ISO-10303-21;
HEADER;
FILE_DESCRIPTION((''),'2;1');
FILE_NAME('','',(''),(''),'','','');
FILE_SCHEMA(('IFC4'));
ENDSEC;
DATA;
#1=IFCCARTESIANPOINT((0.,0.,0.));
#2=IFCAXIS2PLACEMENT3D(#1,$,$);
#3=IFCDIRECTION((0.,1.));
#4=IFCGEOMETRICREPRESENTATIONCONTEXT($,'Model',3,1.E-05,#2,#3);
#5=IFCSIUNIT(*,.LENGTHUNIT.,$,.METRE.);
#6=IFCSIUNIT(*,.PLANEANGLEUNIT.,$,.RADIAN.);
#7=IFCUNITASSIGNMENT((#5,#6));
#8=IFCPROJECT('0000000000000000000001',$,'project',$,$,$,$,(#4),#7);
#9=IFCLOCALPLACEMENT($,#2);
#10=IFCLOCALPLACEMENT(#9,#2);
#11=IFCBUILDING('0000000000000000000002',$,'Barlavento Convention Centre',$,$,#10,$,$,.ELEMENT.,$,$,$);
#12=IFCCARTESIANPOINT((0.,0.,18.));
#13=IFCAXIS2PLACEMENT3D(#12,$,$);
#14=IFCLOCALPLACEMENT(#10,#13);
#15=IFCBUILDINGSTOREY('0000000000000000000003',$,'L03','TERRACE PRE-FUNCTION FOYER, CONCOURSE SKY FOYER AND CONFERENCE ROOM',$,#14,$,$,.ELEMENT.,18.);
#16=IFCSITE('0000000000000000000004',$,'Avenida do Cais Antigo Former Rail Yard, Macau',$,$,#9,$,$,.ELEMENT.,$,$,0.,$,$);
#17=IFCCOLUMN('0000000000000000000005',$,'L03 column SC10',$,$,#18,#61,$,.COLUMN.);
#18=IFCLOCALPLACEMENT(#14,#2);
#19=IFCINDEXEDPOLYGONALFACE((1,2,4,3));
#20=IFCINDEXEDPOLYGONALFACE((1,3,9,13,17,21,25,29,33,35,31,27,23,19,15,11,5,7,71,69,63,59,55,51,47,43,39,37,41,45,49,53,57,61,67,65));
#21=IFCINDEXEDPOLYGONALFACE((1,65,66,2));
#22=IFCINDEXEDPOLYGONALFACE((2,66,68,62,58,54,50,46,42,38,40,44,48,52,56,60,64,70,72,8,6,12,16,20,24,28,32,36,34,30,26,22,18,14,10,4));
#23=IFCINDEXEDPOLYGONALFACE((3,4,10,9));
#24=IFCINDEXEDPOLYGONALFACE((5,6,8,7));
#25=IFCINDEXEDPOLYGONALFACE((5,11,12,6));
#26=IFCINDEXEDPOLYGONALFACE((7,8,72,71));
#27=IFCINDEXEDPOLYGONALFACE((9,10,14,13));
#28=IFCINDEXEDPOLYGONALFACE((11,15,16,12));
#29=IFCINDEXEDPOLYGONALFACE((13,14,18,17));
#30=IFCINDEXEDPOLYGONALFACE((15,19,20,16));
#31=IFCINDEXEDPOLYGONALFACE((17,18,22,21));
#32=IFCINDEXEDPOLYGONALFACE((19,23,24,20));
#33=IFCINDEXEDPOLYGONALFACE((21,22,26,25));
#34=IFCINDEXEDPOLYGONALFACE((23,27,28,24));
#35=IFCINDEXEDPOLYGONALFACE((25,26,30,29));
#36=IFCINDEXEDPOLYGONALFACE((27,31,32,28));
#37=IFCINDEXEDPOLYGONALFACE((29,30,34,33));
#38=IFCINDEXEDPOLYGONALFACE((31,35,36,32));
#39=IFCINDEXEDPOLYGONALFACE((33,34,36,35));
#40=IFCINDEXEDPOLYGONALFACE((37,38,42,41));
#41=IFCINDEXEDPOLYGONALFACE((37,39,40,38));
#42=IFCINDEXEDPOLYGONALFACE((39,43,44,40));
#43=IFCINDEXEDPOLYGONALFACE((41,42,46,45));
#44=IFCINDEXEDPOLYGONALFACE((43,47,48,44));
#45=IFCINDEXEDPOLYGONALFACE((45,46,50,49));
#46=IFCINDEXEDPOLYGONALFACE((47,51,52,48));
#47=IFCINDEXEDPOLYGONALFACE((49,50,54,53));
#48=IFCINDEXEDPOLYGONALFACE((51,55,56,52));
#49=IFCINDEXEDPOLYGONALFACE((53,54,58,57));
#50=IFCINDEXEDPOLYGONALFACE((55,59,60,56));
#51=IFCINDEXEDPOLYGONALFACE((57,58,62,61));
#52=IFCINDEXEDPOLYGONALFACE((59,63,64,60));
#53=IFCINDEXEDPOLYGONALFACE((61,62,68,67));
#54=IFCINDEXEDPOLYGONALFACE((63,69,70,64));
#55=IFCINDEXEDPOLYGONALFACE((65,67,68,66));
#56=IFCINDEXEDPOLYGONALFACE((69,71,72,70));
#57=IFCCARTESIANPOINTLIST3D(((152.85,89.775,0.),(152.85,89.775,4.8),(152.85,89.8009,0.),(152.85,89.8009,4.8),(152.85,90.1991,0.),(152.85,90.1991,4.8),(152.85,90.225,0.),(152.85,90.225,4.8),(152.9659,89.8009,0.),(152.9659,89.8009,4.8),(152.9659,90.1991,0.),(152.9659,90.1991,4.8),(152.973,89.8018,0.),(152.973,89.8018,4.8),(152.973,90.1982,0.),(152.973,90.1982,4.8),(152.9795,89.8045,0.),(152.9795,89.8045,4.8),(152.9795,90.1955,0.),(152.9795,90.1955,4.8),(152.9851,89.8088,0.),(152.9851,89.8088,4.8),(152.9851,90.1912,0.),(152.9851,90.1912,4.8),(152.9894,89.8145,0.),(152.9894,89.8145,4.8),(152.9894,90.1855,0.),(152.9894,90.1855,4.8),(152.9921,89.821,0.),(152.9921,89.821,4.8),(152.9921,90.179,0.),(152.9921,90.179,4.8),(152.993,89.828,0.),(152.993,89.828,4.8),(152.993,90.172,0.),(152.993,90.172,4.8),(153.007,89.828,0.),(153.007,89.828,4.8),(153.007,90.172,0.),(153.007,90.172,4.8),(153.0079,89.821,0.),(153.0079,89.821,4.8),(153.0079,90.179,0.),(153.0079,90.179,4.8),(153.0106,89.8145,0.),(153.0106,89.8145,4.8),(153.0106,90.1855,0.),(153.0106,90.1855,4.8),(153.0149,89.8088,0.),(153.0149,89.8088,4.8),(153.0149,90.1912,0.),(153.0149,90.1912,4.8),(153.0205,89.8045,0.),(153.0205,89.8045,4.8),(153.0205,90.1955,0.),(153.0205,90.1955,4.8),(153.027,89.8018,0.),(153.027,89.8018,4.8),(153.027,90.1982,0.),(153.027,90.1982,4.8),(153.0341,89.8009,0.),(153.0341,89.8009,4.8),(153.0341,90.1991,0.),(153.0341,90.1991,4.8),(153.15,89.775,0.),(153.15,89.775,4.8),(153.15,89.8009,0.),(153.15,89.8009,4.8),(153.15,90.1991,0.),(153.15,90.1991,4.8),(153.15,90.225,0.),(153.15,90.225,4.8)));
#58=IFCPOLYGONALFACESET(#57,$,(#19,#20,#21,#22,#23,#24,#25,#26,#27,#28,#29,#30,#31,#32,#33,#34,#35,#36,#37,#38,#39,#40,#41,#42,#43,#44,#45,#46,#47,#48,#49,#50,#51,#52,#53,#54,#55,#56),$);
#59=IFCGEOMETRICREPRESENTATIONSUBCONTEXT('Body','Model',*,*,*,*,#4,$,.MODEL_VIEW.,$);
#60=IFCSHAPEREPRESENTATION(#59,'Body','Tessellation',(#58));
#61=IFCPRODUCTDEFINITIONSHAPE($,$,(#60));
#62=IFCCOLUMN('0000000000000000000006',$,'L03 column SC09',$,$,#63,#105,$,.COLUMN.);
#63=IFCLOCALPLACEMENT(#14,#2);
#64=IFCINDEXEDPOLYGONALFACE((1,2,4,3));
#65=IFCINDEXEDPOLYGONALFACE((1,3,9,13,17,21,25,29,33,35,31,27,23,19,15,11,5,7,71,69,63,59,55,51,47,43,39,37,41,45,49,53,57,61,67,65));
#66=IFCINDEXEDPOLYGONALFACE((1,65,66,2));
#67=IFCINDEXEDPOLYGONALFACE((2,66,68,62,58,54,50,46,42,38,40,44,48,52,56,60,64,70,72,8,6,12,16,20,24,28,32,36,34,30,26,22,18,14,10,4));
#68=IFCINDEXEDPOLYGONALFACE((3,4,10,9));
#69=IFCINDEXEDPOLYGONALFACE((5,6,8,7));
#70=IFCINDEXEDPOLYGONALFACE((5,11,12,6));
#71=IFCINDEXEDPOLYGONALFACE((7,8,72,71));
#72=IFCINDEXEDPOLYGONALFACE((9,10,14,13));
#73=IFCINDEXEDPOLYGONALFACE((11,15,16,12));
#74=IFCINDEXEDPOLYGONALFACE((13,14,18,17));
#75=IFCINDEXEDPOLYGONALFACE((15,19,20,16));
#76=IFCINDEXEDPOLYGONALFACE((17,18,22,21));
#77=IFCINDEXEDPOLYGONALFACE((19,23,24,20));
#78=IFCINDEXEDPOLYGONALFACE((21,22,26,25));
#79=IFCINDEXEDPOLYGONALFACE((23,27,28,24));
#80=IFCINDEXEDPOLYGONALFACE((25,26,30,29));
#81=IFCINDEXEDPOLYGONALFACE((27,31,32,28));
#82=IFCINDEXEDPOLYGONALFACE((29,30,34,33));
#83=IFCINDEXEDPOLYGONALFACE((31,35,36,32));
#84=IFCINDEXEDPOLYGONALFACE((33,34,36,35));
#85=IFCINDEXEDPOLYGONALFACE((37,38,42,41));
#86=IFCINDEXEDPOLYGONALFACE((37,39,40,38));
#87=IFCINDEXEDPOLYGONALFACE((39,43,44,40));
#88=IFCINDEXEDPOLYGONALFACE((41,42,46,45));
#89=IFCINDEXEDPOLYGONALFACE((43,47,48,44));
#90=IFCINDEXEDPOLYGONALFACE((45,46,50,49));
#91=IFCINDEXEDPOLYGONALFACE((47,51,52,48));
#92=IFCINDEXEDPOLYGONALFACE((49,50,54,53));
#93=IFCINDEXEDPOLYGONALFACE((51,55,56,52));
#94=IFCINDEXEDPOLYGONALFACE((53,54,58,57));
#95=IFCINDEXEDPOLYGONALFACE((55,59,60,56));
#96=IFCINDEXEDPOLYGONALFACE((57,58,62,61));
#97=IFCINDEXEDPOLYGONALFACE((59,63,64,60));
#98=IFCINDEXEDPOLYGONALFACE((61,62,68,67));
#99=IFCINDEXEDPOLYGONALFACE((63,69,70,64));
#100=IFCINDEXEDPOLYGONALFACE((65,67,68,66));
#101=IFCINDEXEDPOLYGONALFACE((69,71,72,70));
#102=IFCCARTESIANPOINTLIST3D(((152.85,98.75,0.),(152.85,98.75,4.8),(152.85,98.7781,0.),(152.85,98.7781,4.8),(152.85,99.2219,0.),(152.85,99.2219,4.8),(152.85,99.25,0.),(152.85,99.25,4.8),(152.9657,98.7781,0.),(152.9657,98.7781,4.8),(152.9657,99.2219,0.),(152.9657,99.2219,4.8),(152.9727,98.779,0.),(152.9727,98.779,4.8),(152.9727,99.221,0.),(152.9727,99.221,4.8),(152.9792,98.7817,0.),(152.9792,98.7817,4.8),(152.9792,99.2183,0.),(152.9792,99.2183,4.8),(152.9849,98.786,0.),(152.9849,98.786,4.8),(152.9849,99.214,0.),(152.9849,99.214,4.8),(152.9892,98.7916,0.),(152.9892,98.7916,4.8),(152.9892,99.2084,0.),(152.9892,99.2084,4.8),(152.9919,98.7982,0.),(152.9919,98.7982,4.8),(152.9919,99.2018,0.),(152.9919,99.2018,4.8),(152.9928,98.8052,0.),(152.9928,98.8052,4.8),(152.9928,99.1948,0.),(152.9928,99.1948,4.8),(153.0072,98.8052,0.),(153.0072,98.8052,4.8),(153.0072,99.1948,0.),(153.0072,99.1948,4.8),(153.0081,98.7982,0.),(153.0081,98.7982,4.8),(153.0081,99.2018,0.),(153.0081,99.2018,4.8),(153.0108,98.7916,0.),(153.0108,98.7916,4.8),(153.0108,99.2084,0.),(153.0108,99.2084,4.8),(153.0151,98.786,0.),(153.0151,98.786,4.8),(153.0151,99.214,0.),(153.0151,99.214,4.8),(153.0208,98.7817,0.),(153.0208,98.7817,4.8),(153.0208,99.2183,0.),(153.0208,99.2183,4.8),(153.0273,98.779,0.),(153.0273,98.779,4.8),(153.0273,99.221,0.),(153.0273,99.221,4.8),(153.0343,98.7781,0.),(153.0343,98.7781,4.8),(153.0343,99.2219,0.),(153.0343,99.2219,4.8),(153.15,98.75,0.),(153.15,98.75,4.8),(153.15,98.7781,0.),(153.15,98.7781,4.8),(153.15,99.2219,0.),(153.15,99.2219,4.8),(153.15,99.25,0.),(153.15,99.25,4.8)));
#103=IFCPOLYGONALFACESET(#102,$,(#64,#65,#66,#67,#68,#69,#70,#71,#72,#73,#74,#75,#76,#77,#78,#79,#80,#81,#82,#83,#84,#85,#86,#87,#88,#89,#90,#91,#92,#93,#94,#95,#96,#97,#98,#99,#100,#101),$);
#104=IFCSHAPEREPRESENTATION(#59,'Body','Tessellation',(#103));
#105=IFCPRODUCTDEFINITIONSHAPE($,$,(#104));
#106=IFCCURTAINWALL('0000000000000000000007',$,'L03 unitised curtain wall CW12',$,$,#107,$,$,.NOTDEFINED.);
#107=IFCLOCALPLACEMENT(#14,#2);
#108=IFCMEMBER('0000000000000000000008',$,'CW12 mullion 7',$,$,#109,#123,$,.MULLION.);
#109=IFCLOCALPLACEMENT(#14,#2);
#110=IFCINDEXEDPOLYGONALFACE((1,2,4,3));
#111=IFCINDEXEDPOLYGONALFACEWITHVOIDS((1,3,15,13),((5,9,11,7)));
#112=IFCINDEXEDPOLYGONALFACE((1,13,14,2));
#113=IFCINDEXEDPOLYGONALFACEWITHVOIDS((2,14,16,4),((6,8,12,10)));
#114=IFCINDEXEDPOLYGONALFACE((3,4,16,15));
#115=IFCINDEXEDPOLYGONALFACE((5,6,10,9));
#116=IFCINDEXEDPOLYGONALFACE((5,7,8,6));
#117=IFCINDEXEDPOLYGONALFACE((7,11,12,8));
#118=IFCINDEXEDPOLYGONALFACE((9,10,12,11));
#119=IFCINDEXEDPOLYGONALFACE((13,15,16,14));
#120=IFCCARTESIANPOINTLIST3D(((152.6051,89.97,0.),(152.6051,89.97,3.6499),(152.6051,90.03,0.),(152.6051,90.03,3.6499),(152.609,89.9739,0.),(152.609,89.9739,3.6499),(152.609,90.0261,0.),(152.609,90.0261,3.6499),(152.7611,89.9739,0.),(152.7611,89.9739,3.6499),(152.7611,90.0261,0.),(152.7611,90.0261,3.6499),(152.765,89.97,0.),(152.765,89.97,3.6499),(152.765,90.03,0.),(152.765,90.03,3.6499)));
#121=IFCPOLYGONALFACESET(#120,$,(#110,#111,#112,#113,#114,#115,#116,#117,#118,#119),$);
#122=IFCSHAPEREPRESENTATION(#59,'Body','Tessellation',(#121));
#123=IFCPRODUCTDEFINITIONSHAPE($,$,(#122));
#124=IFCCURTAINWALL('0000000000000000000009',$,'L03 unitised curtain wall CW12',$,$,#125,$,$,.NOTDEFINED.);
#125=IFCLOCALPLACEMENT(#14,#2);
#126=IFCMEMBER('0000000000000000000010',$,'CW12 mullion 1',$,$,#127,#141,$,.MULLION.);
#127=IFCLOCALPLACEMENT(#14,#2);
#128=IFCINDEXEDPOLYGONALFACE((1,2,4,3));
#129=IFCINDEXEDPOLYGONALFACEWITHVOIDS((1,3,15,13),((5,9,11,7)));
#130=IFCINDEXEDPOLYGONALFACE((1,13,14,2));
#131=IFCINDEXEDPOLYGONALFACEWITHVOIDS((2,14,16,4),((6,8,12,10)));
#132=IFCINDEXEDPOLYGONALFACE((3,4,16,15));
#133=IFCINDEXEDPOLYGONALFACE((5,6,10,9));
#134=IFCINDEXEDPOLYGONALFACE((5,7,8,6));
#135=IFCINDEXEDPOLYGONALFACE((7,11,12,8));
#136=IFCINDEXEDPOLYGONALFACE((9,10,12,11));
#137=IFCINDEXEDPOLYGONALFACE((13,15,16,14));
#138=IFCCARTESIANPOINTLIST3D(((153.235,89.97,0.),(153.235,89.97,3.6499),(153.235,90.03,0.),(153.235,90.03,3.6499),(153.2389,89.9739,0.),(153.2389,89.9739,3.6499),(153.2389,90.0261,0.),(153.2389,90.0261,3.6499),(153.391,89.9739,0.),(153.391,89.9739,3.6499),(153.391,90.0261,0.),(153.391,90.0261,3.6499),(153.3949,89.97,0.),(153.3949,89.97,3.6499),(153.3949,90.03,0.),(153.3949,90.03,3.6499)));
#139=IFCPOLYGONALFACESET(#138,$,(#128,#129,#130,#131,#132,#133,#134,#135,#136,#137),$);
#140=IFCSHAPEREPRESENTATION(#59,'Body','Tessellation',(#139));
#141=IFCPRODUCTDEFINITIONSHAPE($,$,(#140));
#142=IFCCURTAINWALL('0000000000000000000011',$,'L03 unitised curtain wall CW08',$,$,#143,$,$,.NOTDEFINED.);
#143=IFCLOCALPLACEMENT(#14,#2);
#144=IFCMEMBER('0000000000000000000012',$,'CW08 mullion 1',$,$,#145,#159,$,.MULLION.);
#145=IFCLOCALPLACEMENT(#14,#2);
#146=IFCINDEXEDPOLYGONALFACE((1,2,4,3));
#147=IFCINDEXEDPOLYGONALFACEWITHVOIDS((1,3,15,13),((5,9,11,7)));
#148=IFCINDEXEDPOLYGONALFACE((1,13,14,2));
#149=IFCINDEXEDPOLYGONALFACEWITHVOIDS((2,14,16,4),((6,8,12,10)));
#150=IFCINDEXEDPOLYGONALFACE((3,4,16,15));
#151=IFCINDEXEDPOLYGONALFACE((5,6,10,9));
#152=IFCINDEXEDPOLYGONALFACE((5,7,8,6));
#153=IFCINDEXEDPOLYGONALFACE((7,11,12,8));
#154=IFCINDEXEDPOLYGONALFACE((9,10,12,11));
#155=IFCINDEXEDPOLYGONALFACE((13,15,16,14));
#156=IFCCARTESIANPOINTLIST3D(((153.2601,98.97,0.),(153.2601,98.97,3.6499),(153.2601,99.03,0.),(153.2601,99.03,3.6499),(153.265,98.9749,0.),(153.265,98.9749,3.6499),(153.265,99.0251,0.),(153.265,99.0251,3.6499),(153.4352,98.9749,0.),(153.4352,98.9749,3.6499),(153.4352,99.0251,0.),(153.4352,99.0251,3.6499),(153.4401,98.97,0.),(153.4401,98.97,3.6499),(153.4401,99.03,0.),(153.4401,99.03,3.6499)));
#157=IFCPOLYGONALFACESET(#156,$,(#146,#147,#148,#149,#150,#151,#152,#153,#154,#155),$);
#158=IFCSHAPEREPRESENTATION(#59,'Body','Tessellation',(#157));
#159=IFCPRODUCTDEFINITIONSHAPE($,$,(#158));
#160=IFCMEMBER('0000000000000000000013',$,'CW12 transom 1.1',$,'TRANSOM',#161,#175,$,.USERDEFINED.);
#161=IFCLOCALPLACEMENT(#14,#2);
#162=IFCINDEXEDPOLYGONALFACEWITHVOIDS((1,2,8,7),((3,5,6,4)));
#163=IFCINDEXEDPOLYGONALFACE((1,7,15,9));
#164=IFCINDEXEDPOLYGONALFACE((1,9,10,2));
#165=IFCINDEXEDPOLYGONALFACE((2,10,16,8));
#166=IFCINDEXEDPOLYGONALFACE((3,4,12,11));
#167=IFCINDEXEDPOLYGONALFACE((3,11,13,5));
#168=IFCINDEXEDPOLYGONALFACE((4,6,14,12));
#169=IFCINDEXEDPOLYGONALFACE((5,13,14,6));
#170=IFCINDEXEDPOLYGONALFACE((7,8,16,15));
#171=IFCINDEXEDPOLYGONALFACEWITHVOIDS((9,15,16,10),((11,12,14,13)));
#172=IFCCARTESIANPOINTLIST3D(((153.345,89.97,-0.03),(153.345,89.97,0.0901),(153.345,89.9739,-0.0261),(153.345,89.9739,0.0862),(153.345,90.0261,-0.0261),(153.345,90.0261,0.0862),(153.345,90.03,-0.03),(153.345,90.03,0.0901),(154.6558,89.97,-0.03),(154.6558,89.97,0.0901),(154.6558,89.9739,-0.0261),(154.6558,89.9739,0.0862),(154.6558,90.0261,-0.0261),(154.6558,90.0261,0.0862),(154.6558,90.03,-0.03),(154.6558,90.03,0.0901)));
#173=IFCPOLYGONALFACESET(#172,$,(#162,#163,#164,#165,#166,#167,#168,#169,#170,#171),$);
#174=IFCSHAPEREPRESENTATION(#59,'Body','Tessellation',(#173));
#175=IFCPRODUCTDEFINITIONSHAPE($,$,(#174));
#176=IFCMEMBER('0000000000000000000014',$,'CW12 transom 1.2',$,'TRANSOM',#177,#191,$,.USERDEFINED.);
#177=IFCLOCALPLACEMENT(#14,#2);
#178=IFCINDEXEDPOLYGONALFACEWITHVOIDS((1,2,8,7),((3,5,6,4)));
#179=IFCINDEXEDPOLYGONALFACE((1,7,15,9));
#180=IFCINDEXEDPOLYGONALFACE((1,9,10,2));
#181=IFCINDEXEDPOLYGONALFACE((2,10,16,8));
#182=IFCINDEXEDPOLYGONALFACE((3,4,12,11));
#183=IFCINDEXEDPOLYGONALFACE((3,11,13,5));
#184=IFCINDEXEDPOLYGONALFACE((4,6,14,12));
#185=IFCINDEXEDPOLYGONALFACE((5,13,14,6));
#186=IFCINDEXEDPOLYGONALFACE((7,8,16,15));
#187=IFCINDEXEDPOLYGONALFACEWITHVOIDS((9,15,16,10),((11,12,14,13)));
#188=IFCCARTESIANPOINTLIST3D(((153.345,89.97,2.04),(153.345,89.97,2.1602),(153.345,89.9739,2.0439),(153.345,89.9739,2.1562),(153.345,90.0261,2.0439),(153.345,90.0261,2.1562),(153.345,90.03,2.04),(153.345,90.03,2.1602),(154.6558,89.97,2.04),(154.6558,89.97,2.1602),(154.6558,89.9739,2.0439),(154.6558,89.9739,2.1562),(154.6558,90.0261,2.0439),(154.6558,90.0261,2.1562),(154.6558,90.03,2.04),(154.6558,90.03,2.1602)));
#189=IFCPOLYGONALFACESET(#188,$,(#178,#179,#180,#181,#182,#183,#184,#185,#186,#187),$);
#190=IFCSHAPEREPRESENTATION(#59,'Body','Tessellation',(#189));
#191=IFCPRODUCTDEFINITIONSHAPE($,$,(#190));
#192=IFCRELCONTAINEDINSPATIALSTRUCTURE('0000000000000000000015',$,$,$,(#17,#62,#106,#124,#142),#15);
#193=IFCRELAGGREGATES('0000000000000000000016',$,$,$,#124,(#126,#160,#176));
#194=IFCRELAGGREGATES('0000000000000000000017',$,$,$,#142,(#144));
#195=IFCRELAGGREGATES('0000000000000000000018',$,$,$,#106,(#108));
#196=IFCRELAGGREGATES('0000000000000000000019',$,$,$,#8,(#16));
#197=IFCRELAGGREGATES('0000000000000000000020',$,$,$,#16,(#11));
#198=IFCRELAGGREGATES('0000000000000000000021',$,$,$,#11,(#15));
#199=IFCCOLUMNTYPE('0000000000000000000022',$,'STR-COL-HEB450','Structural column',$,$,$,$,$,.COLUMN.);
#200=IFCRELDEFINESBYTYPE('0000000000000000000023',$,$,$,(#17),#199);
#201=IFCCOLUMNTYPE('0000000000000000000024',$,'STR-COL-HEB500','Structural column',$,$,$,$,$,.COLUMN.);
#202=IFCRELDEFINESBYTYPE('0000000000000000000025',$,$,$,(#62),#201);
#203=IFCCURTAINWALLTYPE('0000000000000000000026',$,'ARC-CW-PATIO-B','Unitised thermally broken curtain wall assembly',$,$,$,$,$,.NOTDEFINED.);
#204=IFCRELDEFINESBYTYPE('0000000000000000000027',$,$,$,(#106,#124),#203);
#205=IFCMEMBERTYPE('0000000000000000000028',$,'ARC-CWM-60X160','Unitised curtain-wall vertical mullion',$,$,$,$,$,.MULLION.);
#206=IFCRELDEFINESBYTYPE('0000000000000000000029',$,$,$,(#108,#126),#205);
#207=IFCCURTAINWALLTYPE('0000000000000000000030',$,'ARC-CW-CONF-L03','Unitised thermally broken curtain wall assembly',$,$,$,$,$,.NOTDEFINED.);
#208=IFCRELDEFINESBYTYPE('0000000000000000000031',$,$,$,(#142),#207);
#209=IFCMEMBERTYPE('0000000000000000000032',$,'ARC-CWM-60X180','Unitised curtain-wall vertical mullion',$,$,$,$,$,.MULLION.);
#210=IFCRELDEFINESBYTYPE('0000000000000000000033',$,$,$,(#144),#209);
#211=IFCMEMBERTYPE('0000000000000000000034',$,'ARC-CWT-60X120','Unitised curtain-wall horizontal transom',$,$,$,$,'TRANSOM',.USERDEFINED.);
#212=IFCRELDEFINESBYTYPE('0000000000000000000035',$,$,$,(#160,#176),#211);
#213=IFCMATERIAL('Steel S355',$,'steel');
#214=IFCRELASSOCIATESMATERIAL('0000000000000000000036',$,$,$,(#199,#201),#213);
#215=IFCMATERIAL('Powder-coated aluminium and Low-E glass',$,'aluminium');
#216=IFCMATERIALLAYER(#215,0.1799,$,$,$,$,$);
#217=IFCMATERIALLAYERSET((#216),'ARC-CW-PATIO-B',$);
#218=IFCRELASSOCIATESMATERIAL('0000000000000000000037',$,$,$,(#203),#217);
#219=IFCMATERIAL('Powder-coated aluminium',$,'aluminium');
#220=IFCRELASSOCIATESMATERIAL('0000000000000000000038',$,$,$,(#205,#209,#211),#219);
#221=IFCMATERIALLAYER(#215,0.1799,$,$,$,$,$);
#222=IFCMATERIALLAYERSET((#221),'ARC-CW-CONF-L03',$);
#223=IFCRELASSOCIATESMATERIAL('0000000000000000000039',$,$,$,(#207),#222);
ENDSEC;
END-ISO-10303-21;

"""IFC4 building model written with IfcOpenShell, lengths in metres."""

from ifc_helpers import new_model, si_unit, direction, frame, origin, origin_2d, place, context, subcontext, project, spatial, hollow_rectangle, i_section, extrude, material, layer, layer_set, material_profile, profile_set, type_object, element, aggregate, save


model = new_model("IFC4")

# Units and contexts
model_context = context("Model", 3, precision=1e-05, world=origin(), true_north=direction((0.0, 1.0)))
body_context = subcontext(model_context, "Body", "Model", "MODEL_VIEW")
ifc_project = project(units=[si_unit("LENGTHUNIT", "METRE"), si_unit("PLANEANGLEUNIT", "RADIAN")], contexts=[model_context])

# Site, building, storey
site_placement = place(None, origin())
site = spatial("IfcSite", under=ifc_project, at=site_placement, Name="Avenida do Cais Antigo Former Rail Yard, Macau", CompositionType="ELEMENT", RefElevation=0.0)
building_placement = place(site_placement, origin())
building = spatial("IfcBuilding", under=site, at=building_placement, Name="Barlavento Convention Centre", CompositionType="ELEMENT")
storey_placement = place(building_placement, frame((0.0, 0.0, 18.0)))
storey = spatial("IfcBuildingStorey", under=building, at=storey_placement, Name="L03", Description="TERRACE PRE-FUNCTION FOYER, CONCOURSE SKY FOYER AND CONFERENCE ROOM", CompositionType="ELEMENT", Elevation=18.0)

# Columns
ifc_material_1 = material(Name="Steel S355", Category="steel")
ifc_material_profile_1 = material_profile(ifc_material_1, i_section(OverallWidth=0.3, OverallDepth=0.45, WebThickness=0.0139, FlangeThickness=0.0259, FilletRadius=0.0271, at=origin_2d()), Name="HEB 450")
ifc_profile_set_1 = profile_set([ifc_material_profile_1], Name="Steel S355")
column_type_1 = type_object("IfcColumnType", Name="STR-COL-HEB450", Description="Structural column", PredefinedType="COLUMN", material=ifc_profile_set_1)
column_1_placement = place(storey_placement, frame((153.0, 90.0, 0.0), z_axis=(0.0, 0.0, 1.0), x_axis=(1.0, 0.0, 0.0)))
element("IfcColumn", 1, at=column_1_placement, inside=storey, type_object=column_type_1, Name="L03 column SC10", PredefinedType="COLUMN", context=body_context, shape_type="SweptSolid", body=[
    extrude(i_section(OverallWidth=0.3, OverallDepth=0.45, WebThickness=0.0139, FlangeThickness=0.0259, FilletRadius=0.0271, at=origin_2d()), origin(), (0.0, 0.0, 1.0), 4.8),
])
ifc_material_profile_2 = material_profile(ifc_material_1, i_section(OverallWidth=0.3, OverallDepth=0.5, WebThickness=0.0144, FlangeThickness=0.0281, FilletRadius=0.0271, at=origin_2d()), Name="HEB 500")
ifc_profile_set_2 = profile_set([ifc_material_profile_2], Name="Steel S355")
column_type_2 = type_object("IfcColumnType", Name="STR-COL-HEB500", Description="Structural column", PredefinedType="COLUMN", material=ifc_profile_set_2)
column_2_placement = place(storey_placement, frame((153.0, 99.0, 0.0), z_axis=(0.0, 0.0, 1.0), x_axis=(1.0, 0.0, 0.0)))
element("IfcColumn", 2, at=column_2_placement, inside=storey, type_object=column_type_2, Name="L03 column SC09", PredefinedType="COLUMN", context=body_context, shape_type="SweptSolid", body=[
    extrude(i_section(OverallWidth=0.3, OverallDepth=0.5, WebThickness=0.0144, FlangeThickness=0.0281, FilletRadius=0.0271, at=origin_2d()), origin(), (0.0, 0.0, 1.0), 4.8),
])

# Curtain walls, members
ifc_material_2 = material(Name="Powder-coated aluminium and Low-E glass", Category="aluminium")
ifc_layer_1 = layer(ifc_material_2, 0.1799)
ifc_layer_set_1 = layer_set([ifc_layer_1], Name="ARC-CW-PATIO-B")
curtain_wall_type_1 = type_object("IfcCurtainWallType", Name="ARC-CW-PATIO-B", Description="Unitised thermally broken curtain wall assembly", PredefinedType="NOTDEFINED", material=ifc_layer_set_1)
curtain_wall_1_placement = place(storey_placement, origin())
curtain_wall_1 = element("IfcCurtainWall", 3, at=curtain_wall_1_placement, inside=storey, type_object=curtain_wall_type_1, Name="L03 unitised curtain wall CW12", PredefinedType="NOTDEFINED")
ifc_material_3 = material(Name="Powder-coated aluminium", Category="aluminium")
ifc_material_profile_3 = material_profile(ifc_material_3, hollow_rectangle(XDim=0.0601, YDim=0.1599, WallThickness=0.0039, at=origin_2d()), Name="AL-MULL 60x160x4")
ifc_profile_set_3 = profile_set([ifc_material_profile_3], Name="Powder-coated aluminium")
member_type_1 = type_object("IfcMemberType", Name="ARC-CWM-60X160", Description="Unitised curtain-wall vertical mullion", PredefinedType="MULLION", material=ifc_profile_set_3)
member_1_placement = place(storey_placement, frame((152.6851, 90.0, 0.0), z_axis=(0.0, 0.0, 1.0), x_axis=(0.0, 1.0, 0.0)))
member_1 = element("IfcMember", 4, at=member_1_placement, type_object=member_type_1, Name="CW12 mullion 7", PredefinedType="MULLION", context=body_context, shape_type="SweptSolid", body=[
    extrude(hollow_rectangle(XDim=0.0601, YDim=0.1599, WallThickness=0.0039, at=origin_2d()), origin(), (0.0, 0.0, 1.0), 3.6499),
])
curtain_wall_2_placement = place(storey_placement, origin())
curtain_wall_2 = element("IfcCurtainWall", 5, at=curtain_wall_2_placement, inside=storey, type_object=curtain_wall_type_1, Name="L03 unitised curtain wall CW12", PredefinedType="NOTDEFINED")
member_2_placement = place(storey_placement, frame((153.3149, 90.0, 0.0), z_axis=(0.0, 0.0, 1.0), x_axis=(0.0, 1.0, 0.0)))
member_2 = element("IfcMember", 6, at=member_2_placement, type_object=member_type_1, Name="CW12 mullion 1", PredefinedType="MULLION", context=body_context, shape_type="SweptSolid", body=[
    extrude(hollow_rectangle(XDim=0.0601, YDim=0.1599, WallThickness=0.0039, at=origin_2d()), origin(), (0.0, 0.0, 1.0), 3.6499),
])
ifc_layer_2 = layer(ifc_material_2, 0.1799)
ifc_layer_set_2 = layer_set([ifc_layer_2], Name="ARC-CW-CONF-L03")
curtain_wall_type_2 = type_object("IfcCurtainWallType", Name="ARC-CW-CONF-L03", Description="Unitised thermally broken curtain wall assembly", PredefinedType="NOTDEFINED", material=ifc_layer_set_2)
curtain_wall_3_placement = place(storey_placement, origin())
curtain_wall_3 = element("IfcCurtainWall", 7, at=curtain_wall_3_placement, inside=storey, type_object=curtain_wall_type_2, Name="L03 unitised curtain wall CW08", PredefinedType="NOTDEFINED")
ifc_material_profile_4 = material_profile(ifc_material_3, hollow_rectangle(XDim=0.0601, YDim=0.1799, WallThickness=0.0049, at=origin_2d()), Name="AL-MULL 60x180x5")
ifc_profile_set_4 = profile_set([ifc_material_profile_4], Name="Powder-coated aluminium")
member_type_2 = type_object("IfcMemberType", Name="ARC-CWM-60X180", Description="Unitised curtain-wall vertical mullion", PredefinedType="MULLION", material=ifc_profile_set_4)
member_3_placement = place(storey_placement, frame((153.3501, 99.0, 0.0), z_axis=(0.0, 0.0, 1.0), x_axis=(0.0, 1.0, 0.0)))
member_3 = element("IfcMember", 8, at=member_3_placement, type_object=member_type_2, Name="CW08 mullion 1", PredefinedType="MULLION", context=body_context, shape_type="SweptSolid", body=[
    extrude(hollow_rectangle(XDim=0.0601, YDim=0.1799, WallThickness=0.0049, at=origin_2d()), origin(), (0.0, 0.0, 1.0), 3.6499),
])

# Members
ifc_material_profile_5 = material_profile(ifc_material_3, hollow_rectangle(XDim=0.0601, YDim=0.1201, WallThickness=0.0039, at=origin_2d()), Name="AL-TRAN 60x120x4")
ifc_profile_set_5 = profile_set([ifc_material_profile_5], Name="Powder-coated aluminium")
member_type_3 = type_object("IfcMemberType", Name="ARC-CWT-60X120", Description="Unitised curtain-wall horizontal transom", ElementType="TRANSOM", PredefinedType="USERDEFINED", material=ifc_profile_set_5)
member_4_placement = place(storey_placement, frame((153.345, 90.0, 0.03), z_axis=(1.0, 0.0, 0.0), x_axis=(0.0, 1.0, 0.0)))
member_4 = element("IfcMember", 9, at=member_4_placement, type_object=member_type_3, Name="CW12 transom 1.1", ObjectType="TRANSOM", PredefinedType="USERDEFINED", context=body_context, shape_type="SweptSolid", body=[
    extrude(hollow_rectangle(XDim=0.0601, YDim=0.1201, WallThickness=0.0039, at=origin_2d()), origin(), (0.0, 0.0, 1.0), 1.3108),
])
member_5_placement = place(storey_placement, frame((153.345, 90.0, 2.1001), z_axis=(1.0, 0.0, 0.0), x_axis=(0.0, 1.0, 0.0)))
member_5 = element("IfcMember", 10, at=member_5_placement, type_object=member_type_3, Name="CW12 transom 1.2", ObjectType="TRANSOM", PredefinedType="USERDEFINED", context=body_context, shape_type="SweptSolid", body=[
    extrude(hollow_rectangle(XDim=0.0601, YDim=0.1201, WallThickness=0.0039, at=origin_2d()), origin(), (0.0, 0.0, 1.0), 1.3108),
])
aggregate(curtain_wall_2, [member_2, member_4, member_5])
aggregate(curtain_wall_3, [member_3])

aggregate(curtain_wall_1, [member_1])

save(model, "model.ifc")
